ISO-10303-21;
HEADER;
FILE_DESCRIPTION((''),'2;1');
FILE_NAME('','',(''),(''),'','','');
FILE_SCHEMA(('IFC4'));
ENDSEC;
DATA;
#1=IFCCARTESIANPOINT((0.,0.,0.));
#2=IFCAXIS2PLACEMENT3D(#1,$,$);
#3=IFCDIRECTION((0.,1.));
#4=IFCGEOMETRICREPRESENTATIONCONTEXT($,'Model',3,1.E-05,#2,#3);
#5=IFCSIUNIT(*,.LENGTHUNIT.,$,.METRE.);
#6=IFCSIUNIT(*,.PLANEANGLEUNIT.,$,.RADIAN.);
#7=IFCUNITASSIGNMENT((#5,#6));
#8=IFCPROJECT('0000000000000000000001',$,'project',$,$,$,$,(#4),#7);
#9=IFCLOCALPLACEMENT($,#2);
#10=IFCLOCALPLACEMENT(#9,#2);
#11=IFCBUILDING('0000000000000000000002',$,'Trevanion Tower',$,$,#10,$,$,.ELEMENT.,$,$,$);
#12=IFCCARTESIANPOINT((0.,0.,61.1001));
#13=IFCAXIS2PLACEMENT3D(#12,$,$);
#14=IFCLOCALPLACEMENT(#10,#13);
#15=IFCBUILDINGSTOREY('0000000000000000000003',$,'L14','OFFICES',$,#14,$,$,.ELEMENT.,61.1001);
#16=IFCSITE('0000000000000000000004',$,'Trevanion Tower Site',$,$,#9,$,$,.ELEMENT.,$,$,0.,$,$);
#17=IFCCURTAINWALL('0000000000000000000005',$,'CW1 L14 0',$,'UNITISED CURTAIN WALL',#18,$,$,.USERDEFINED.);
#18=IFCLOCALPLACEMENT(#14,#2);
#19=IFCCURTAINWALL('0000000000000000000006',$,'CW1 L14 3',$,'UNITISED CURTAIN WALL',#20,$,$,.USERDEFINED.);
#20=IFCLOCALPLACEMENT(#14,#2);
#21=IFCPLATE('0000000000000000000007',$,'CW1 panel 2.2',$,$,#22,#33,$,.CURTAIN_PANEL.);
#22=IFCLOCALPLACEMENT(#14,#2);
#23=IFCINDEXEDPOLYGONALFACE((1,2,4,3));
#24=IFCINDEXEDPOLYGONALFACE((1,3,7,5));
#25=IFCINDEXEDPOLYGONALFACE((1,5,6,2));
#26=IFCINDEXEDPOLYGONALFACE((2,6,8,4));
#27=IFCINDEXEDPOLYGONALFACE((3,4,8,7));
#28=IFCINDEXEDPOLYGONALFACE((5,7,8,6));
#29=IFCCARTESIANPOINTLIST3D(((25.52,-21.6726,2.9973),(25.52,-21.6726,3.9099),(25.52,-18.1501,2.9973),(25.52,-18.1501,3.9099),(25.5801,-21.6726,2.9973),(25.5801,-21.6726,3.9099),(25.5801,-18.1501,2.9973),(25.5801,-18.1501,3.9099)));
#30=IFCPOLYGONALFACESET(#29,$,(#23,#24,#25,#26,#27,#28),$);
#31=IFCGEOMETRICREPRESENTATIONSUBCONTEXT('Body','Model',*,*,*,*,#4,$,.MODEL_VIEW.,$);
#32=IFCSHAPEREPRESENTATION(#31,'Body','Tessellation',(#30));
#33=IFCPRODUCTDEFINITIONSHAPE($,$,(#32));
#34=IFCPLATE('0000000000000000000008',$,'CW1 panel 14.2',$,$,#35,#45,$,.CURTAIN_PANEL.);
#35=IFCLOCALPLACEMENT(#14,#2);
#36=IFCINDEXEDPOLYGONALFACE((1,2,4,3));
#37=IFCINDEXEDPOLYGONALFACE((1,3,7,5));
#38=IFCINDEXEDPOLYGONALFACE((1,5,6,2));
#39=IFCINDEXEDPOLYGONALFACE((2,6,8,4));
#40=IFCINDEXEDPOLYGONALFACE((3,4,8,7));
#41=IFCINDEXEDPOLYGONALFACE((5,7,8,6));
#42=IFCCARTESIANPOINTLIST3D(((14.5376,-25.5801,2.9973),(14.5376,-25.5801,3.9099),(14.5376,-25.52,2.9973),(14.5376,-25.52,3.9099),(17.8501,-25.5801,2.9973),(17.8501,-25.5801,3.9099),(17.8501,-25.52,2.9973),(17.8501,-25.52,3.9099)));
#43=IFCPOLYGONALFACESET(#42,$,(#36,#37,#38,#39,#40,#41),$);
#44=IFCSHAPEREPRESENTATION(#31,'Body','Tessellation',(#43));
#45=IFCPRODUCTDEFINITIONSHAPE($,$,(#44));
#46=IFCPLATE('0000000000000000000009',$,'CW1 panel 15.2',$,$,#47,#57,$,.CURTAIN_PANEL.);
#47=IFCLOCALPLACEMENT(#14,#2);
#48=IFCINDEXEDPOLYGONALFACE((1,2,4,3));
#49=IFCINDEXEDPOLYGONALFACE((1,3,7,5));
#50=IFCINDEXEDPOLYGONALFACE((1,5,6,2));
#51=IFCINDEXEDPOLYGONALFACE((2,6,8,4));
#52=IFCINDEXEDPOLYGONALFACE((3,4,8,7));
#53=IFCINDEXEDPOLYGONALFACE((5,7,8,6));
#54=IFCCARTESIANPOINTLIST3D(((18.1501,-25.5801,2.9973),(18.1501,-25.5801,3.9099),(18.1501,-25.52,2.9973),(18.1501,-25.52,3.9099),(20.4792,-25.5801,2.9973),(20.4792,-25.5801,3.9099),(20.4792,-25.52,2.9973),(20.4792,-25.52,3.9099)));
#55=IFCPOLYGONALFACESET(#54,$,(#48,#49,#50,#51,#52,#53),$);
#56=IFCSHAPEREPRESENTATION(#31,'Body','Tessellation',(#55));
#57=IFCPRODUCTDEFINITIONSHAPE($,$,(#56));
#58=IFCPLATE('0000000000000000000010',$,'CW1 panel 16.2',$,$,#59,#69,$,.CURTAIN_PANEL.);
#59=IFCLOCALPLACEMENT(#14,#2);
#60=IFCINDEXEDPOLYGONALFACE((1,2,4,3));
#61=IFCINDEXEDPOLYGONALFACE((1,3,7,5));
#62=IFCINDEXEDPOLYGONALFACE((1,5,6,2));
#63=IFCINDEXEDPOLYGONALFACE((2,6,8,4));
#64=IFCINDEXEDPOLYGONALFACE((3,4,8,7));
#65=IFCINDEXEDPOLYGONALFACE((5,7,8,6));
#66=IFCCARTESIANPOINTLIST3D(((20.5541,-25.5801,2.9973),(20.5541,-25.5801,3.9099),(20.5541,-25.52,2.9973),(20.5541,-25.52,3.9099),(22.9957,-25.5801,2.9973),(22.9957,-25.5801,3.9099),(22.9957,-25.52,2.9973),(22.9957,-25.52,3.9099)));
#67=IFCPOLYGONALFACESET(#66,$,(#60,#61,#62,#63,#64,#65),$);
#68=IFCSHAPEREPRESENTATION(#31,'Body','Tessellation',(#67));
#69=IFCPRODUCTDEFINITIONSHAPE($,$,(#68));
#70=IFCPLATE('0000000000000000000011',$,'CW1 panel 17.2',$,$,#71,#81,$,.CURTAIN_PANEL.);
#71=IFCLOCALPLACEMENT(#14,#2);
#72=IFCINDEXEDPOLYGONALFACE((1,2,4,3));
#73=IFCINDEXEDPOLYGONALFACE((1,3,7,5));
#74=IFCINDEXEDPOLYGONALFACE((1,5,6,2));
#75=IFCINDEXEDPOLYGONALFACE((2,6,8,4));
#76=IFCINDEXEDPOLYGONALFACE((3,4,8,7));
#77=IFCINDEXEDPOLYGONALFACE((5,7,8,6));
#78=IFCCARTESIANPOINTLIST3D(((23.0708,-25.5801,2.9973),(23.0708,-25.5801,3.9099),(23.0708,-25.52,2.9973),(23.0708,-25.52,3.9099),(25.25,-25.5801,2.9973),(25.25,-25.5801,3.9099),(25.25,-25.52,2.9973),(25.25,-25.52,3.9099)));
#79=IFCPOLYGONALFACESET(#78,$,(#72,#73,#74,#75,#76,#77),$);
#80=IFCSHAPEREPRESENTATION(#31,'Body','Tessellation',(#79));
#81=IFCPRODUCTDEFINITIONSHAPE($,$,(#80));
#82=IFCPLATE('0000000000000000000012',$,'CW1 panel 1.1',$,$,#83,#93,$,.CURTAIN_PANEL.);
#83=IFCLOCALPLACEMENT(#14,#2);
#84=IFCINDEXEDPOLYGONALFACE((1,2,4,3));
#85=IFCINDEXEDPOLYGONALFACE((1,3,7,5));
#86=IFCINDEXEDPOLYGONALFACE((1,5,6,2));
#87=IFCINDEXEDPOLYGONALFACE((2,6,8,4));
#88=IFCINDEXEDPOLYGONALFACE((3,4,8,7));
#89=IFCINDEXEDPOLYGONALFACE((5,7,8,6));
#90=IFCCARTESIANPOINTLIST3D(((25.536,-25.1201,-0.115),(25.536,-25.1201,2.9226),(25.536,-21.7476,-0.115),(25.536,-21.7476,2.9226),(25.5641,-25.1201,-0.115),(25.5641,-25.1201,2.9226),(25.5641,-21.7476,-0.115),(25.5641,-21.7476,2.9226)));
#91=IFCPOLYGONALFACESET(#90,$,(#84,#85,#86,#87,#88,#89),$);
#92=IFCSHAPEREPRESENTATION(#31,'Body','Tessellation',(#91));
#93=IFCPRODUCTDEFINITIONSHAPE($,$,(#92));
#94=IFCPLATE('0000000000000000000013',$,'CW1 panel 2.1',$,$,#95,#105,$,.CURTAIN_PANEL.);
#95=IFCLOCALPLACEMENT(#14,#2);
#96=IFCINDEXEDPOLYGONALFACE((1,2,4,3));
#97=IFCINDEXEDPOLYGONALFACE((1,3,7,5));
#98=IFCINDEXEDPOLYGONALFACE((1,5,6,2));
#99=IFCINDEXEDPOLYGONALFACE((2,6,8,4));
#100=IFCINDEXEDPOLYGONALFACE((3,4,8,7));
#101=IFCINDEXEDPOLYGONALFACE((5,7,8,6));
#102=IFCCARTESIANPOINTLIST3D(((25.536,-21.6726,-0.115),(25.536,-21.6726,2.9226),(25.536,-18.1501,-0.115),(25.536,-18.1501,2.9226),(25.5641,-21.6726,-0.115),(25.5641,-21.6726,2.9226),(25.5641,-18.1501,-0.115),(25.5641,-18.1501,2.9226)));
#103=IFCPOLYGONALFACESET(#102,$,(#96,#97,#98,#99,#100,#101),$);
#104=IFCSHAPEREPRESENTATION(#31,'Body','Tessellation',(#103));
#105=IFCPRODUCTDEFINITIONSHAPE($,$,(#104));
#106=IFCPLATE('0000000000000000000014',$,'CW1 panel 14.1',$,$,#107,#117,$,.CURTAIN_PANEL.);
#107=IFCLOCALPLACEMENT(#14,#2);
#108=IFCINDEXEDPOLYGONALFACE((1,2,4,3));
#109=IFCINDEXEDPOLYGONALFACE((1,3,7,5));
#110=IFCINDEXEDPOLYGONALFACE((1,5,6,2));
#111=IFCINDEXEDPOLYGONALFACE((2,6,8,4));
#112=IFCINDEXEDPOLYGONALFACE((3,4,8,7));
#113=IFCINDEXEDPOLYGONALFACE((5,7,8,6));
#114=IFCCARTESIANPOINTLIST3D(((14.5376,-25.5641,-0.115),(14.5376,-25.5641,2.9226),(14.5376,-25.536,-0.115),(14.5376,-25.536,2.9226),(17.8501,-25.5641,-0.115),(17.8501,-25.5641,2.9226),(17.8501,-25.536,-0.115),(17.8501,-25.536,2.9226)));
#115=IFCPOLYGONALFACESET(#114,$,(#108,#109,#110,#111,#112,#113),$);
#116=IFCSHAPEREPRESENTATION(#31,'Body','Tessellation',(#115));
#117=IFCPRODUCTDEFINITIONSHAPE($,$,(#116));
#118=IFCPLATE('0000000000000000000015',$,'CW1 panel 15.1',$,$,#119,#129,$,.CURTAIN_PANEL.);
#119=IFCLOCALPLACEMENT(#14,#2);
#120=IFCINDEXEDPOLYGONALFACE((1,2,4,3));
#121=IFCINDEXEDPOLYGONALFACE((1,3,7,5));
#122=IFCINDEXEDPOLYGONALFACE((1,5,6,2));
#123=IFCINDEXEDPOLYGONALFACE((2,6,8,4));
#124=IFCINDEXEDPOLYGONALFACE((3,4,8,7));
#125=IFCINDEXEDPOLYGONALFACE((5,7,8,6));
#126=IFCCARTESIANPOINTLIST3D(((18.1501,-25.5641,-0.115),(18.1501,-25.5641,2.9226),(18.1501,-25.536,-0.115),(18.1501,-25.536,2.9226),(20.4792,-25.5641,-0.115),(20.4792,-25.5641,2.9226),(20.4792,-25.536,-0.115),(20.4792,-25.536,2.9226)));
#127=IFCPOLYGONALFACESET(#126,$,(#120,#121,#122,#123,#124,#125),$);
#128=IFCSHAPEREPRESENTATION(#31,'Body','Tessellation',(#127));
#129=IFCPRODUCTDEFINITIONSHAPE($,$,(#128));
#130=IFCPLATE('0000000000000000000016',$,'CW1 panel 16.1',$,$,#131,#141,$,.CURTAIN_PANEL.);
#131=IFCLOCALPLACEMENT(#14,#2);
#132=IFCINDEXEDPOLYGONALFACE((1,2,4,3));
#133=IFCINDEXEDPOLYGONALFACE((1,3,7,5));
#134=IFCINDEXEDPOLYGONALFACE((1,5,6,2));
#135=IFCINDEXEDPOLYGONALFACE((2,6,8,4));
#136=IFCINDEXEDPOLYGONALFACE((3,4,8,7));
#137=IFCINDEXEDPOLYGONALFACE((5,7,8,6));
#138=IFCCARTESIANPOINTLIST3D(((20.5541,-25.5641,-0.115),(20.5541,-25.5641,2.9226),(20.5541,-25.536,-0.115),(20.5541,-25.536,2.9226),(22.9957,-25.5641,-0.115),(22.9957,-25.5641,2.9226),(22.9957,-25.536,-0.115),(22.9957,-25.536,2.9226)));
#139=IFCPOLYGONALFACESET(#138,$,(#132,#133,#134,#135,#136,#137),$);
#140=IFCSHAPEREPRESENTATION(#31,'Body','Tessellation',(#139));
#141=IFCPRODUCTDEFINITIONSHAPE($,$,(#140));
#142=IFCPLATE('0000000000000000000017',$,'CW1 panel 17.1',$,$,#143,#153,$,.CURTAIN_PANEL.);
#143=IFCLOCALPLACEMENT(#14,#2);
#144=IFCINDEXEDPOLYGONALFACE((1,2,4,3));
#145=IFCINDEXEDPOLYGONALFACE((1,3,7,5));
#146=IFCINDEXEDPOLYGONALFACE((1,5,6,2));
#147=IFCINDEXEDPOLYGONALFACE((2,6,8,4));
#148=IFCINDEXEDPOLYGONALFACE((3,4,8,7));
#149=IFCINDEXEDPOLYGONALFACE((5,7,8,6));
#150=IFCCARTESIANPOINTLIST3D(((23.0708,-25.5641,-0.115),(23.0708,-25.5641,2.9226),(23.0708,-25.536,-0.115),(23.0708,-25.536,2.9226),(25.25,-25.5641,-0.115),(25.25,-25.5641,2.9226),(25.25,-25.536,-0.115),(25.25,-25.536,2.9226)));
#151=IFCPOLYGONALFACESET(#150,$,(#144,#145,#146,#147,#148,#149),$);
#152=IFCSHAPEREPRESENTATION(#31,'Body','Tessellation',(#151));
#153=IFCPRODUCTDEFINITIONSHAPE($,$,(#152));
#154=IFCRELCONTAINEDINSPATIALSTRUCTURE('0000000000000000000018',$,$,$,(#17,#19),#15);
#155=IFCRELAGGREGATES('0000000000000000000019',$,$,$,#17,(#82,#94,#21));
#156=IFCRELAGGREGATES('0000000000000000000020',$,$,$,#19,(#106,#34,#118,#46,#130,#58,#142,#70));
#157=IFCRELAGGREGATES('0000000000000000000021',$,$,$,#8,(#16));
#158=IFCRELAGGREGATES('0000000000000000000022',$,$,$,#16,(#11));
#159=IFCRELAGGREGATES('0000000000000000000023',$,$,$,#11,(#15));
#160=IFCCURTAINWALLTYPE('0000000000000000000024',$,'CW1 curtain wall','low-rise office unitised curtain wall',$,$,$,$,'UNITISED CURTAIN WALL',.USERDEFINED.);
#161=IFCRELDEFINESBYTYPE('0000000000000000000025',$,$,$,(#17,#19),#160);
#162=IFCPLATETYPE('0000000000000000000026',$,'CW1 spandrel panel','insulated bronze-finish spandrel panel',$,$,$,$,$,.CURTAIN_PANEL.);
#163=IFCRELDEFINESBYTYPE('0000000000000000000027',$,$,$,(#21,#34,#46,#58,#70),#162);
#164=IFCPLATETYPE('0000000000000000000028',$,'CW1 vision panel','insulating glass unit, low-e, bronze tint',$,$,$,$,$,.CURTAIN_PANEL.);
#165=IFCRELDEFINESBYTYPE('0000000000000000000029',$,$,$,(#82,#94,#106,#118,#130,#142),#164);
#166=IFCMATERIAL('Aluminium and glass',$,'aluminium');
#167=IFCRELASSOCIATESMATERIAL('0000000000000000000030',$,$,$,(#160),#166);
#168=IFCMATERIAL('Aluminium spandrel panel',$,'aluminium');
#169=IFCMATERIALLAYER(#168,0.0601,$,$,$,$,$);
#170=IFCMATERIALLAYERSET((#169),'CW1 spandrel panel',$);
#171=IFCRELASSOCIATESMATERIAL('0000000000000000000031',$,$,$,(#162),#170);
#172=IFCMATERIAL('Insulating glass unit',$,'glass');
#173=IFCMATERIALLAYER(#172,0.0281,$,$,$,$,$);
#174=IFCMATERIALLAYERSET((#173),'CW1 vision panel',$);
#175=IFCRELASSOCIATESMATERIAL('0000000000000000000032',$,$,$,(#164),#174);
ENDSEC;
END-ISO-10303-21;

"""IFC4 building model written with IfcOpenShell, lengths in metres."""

from ifc_helpers import new_model, si_unit, direction, frame, origin, origin_2d, place, context, subcontext, project, spatial, rectangle, extrude, material, layer, layer_set, type_object, element, aggregate, save


model = new_model("IFC4")

# Units and contexts
model_context = context("Model", 3, precision=1e-05, world=origin(), true_north=direction((0.0, 1.0)))
body_context = subcontext(model_context, "Body", "Model", "MODEL_VIEW")
ifc_project = project(units=[si_unit("LENGTHUNIT", "METRE"), si_unit("PLANEANGLEUNIT", "RADIAN")], contexts=[model_context])

# Site, building, storey
site_placement = place(None, origin())
site = spatial("IfcSite", under=ifc_project, at=site_placement, Name="Trevanion Tower Site", CompositionType="ELEMENT", RefElevation=0.0)
building_placement = place(site_placement, origin())
building = spatial("IfcBuilding", under=site, at=building_placement, Name="Trevanion Tower", CompositionType="ELEMENT")
storey_placement = place(building_placement, frame((0.0, 0.0, 61.1001)))
storey = spatial("IfcBuildingStorey", under=building, at=storey_placement, Name="L14", Description="OFFICES", CompositionType="ELEMENT", Elevation=61.1001)

# Curtain wall
ifc_material_1 = material(Name="Aluminium and glass", Category="aluminium")
curtain_wall_type = type_object("IfcCurtainWallType", Name="CW1 curtain wall", Description="low-rise office unitised curtain wall", ElementType="UNITISED CURTAIN WALL", PredefinedType="USERDEFINED", material=ifc_material_1)
curtain_wall_1_placement = place(storey_placement, origin())
curtain_wall_1 = element("IfcCurtainWall", 1, at=curtain_wall_1_placement, inside=storey, type_object=curtain_wall_type, Name="CW1 L14 0", ObjectType="UNITISED CURTAIN WALL", PredefinedType="USERDEFINED")

# Curtain wall
curtain_wall_2_placement = place(storey_placement, origin())
curtain_wall_2 = element("IfcCurtainWall", 2, at=curtain_wall_2_placement, inside=storey, type_object=curtain_wall_type, Name="CW1 L14 3", ObjectType="UNITISED CURTAIN WALL", PredefinedType="USERDEFINED")

# Plates
ifc_material_2 = material(Name="Aluminium spandrel panel", Category="aluminium")
ifc_layer_1 = layer(ifc_material_2, 0.0601)
ifc_layer_set_1 = layer_set([ifc_layer_1], Name="CW1 spandrel panel")
plate_type_1 = type_object("IfcPlateType", Name="CW1 spandrel panel", Description="insulated bronze-finish spandrel panel", PredefinedType="CURTAIN_PANEL", material=ifc_layer_set_1)
plate_1_placement = place(storey_placement, frame((25.55, -19.9114, 2.9973), z_axis=(0.0, 0.0, 1.0), x_axis=(0.0, 1.0, 0.0)))
plate_1 = element("IfcPlate", 3, at=plate_1_placement, type_object=plate_type_1, Name="CW1 panel 2.2", PredefinedType="CURTAIN_PANEL", context=body_context, shape_type="SweptSolid", body=[
    extrude(rectangle(XDim=3.5225, YDim=0.0601, at=origin_2d()), origin(), (0.0, 0.0, 1.0), 0.9126),
])
plate_2_placement = place(storey_placement, frame((16.1938, -25.55, 2.9973), z_axis=(0.0, 0.0, 1.0), x_axis=(1.0, 0.0, 0.0)))
plate_2 = element("IfcPlate", 4, at=plate_2_placement, type_object=plate_type_1, Name="CW1 panel 14.2", PredefinedType="CURTAIN_PANEL", context=body_context, shape_type="SweptSolid", body=[
    extrude(rectangle(XDim=3.3125, YDim=0.0601, at=origin_2d()), origin(), (0.0, 0.0, 1.0), 0.9126),
])
plate_3_placement = place(storey_placement, frame((19.3147, -25.55, 2.9973), z_axis=(0.0, 0.0, 1.0), x_axis=(1.0, 0.0, 0.0)))
plate_3 = element("IfcPlate", 5, at=plate_3_placement, type_object=plate_type_1, Name="CW1 panel 15.2", PredefinedType="CURTAIN_PANEL", context=body_context, shape_type="SweptSolid", body=[
    extrude(rectangle(XDim=2.3291, YDim=0.0601, at=origin_2d()), origin(), (0.0, 0.0, 1.0), 0.9126),
])
plate_4_placement = place(storey_placement, frame((21.7749, -25.55, 2.9973), z_axis=(0.0, 0.0, 1.0), x_axis=(1.0, 0.0, 0.0)))
plate_4 = element("IfcPlate", 6, at=plate_4_placement, type_object=plate_type_1, Name="CW1 panel 16.2", PredefinedType="CURTAIN_PANEL", context=body_context, shape_type="SweptSolid", body=[
    extrude(rectangle(XDim=2.4417, YDim=0.0601, at=origin_2d()), origin(), (0.0, 0.0, 1.0), 0.9126),
])
plate_5_placement = place(storey_placement, frame((24.1604, -25.55, 2.9973), z_axis=(0.0, 0.0, 1.0), x_axis=(1.0, 0.0, 0.0)))
plate_5 = element("IfcPlate", 7, at=plate_5_placement, type_object=plate_type_1, Name="CW1 panel 17.2", PredefinedType="CURTAIN_PANEL", context=body_context, shape_type="SweptSolid", body=[
    extrude(rectangle(XDim=2.1792, YDim=0.0601, at=origin_2d()), origin(), (0.0, 0.0, 1.0), 0.9126),
])
ifc_material_3 = material(Name="Insulating glass unit", Category="glass")
ifc_layer_2 = layer(ifc_material_3, 0.0281)
ifc_layer_set_2 = layer_set([ifc_layer_2], Name="CW1 vision panel")
plate_type_2 = type_object("IfcPlateType", Name="CW1 vision panel", Description="insulating glass unit, low-e, bronze tint", PredefinedType="CURTAIN_PANEL", material=ifc_layer_set_2)
plate_6_placement = place(storey_placement, frame((25.55, -23.4338, -0.115), z_axis=(0.0, 0.0, 1.0), x_axis=(0.0, 1.0, 0.0)))
plate_6 = element("IfcPlate", 8, at=plate_6_placement, type_object=plate_type_2, Name="CW1 panel 1.1", PredefinedType="CURTAIN_PANEL", context=body_context, shape_type="SweptSolid", body=[
    extrude(rectangle(XDim=3.3726, YDim=0.0281, at=origin_2d()), origin(), (0.0, 0.0, 1.0), 3.0376),
])
plate_7_placement = place(storey_placement, frame((25.55, -19.9114, -0.115), z_axis=(0.0, 0.0, 1.0), x_axis=(0.0, 1.0, 0.0)))
plate_7 = element("IfcPlate", 9, at=plate_7_placement, type_object=plate_type_2, Name="CW1 panel 2.1", PredefinedType="CURTAIN_PANEL", context=body_context, shape_type="SweptSolid", body=[
    extrude(rectangle(XDim=3.5225, YDim=0.0281, at=origin_2d()), origin(), (0.0, 0.0, 1.0), 3.0376),
])
aggregate(curtain_wall_1, [plate_6, plate_7, plate_1])
plate_8_placement = place(storey_placement, frame((16.1938, -25.55, -0.115), z_axis=(0.0, 0.0, 1.0), x_axis=(1.0, 0.0, 0.0)))
plate_8 = element("IfcPlate", 10, at=plate_8_placement, type_object=plate_type_2, Name="CW1 panel 14.1", PredefinedType="CURTAIN_PANEL", context=body_context, shape_type="SweptSolid", body=[
    extrude(rectangle(XDim=3.3125, YDim=0.0281, at=origin_2d()), origin(), (0.0, 0.0, 1.0), 3.0376),
])
plate_9_placement = place(storey_placement, frame((19.3147, -25.55, -0.115), z_axis=(0.0, 0.0, 1.0), x_axis=(1.0, 0.0, 0.0)))
plate_9 = element("IfcPlate", 11, at=plate_9_placement, type_object=plate_type_2, Name="CW1 panel 15.1", PredefinedType="CURTAIN_PANEL", context=body_context, shape_type="SweptSolid", body=[
    extrude(rectangle(XDim=2.3291, YDim=0.0281, at=origin_2d()), origin(), (0.0, 0.0, 1.0), 3.0376),
])
plate_10_placement = place(storey_placement, frame((21.7749, -25.55, -0.115), z_axis=(0.0, 0.0, 1.0), x_axis=(1.0, 0.0, 0.0)))
plate_10 = element("IfcPlate", 12, at=plate_10_placement, type_object=plate_type_2, Name="CW1 panel 16.1", PredefinedType="CURTAIN_PANEL", context=body_context, shape_type="SweptSolid", body=[
    extrude(rectangle(XDim=2.4417, YDim=0.0281, at=origin_2d()), origin(), (0.0, 0.0, 1.0), 3.0376),
])
plate_11_placement = place(storey_placement, frame((24.1604, -25.55, -0.115), z_axis=(0.0, 0.0, 1.0), x_axis=(1.0, 0.0, 0.0)))
plate_11 = element("IfcPlate", 13, at=plate_11_placement, type_object=plate_type_2, Name="CW1 panel 17.1", PredefinedType="CURTAIN_PANEL", context=body_context, shape_type="SweptSolid", body=[
    extrude(rectangle(XDim=2.1792, YDim=0.0281, at=origin_2d()), origin(), (0.0, 0.0, 1.0), 3.0376),
])
aggregate(curtain_wall_2, [plate_8, plate_2, plate_9, plate_3, plate_10, plate_4, plate_11, plate_5])

save(model, "model.ifc")
